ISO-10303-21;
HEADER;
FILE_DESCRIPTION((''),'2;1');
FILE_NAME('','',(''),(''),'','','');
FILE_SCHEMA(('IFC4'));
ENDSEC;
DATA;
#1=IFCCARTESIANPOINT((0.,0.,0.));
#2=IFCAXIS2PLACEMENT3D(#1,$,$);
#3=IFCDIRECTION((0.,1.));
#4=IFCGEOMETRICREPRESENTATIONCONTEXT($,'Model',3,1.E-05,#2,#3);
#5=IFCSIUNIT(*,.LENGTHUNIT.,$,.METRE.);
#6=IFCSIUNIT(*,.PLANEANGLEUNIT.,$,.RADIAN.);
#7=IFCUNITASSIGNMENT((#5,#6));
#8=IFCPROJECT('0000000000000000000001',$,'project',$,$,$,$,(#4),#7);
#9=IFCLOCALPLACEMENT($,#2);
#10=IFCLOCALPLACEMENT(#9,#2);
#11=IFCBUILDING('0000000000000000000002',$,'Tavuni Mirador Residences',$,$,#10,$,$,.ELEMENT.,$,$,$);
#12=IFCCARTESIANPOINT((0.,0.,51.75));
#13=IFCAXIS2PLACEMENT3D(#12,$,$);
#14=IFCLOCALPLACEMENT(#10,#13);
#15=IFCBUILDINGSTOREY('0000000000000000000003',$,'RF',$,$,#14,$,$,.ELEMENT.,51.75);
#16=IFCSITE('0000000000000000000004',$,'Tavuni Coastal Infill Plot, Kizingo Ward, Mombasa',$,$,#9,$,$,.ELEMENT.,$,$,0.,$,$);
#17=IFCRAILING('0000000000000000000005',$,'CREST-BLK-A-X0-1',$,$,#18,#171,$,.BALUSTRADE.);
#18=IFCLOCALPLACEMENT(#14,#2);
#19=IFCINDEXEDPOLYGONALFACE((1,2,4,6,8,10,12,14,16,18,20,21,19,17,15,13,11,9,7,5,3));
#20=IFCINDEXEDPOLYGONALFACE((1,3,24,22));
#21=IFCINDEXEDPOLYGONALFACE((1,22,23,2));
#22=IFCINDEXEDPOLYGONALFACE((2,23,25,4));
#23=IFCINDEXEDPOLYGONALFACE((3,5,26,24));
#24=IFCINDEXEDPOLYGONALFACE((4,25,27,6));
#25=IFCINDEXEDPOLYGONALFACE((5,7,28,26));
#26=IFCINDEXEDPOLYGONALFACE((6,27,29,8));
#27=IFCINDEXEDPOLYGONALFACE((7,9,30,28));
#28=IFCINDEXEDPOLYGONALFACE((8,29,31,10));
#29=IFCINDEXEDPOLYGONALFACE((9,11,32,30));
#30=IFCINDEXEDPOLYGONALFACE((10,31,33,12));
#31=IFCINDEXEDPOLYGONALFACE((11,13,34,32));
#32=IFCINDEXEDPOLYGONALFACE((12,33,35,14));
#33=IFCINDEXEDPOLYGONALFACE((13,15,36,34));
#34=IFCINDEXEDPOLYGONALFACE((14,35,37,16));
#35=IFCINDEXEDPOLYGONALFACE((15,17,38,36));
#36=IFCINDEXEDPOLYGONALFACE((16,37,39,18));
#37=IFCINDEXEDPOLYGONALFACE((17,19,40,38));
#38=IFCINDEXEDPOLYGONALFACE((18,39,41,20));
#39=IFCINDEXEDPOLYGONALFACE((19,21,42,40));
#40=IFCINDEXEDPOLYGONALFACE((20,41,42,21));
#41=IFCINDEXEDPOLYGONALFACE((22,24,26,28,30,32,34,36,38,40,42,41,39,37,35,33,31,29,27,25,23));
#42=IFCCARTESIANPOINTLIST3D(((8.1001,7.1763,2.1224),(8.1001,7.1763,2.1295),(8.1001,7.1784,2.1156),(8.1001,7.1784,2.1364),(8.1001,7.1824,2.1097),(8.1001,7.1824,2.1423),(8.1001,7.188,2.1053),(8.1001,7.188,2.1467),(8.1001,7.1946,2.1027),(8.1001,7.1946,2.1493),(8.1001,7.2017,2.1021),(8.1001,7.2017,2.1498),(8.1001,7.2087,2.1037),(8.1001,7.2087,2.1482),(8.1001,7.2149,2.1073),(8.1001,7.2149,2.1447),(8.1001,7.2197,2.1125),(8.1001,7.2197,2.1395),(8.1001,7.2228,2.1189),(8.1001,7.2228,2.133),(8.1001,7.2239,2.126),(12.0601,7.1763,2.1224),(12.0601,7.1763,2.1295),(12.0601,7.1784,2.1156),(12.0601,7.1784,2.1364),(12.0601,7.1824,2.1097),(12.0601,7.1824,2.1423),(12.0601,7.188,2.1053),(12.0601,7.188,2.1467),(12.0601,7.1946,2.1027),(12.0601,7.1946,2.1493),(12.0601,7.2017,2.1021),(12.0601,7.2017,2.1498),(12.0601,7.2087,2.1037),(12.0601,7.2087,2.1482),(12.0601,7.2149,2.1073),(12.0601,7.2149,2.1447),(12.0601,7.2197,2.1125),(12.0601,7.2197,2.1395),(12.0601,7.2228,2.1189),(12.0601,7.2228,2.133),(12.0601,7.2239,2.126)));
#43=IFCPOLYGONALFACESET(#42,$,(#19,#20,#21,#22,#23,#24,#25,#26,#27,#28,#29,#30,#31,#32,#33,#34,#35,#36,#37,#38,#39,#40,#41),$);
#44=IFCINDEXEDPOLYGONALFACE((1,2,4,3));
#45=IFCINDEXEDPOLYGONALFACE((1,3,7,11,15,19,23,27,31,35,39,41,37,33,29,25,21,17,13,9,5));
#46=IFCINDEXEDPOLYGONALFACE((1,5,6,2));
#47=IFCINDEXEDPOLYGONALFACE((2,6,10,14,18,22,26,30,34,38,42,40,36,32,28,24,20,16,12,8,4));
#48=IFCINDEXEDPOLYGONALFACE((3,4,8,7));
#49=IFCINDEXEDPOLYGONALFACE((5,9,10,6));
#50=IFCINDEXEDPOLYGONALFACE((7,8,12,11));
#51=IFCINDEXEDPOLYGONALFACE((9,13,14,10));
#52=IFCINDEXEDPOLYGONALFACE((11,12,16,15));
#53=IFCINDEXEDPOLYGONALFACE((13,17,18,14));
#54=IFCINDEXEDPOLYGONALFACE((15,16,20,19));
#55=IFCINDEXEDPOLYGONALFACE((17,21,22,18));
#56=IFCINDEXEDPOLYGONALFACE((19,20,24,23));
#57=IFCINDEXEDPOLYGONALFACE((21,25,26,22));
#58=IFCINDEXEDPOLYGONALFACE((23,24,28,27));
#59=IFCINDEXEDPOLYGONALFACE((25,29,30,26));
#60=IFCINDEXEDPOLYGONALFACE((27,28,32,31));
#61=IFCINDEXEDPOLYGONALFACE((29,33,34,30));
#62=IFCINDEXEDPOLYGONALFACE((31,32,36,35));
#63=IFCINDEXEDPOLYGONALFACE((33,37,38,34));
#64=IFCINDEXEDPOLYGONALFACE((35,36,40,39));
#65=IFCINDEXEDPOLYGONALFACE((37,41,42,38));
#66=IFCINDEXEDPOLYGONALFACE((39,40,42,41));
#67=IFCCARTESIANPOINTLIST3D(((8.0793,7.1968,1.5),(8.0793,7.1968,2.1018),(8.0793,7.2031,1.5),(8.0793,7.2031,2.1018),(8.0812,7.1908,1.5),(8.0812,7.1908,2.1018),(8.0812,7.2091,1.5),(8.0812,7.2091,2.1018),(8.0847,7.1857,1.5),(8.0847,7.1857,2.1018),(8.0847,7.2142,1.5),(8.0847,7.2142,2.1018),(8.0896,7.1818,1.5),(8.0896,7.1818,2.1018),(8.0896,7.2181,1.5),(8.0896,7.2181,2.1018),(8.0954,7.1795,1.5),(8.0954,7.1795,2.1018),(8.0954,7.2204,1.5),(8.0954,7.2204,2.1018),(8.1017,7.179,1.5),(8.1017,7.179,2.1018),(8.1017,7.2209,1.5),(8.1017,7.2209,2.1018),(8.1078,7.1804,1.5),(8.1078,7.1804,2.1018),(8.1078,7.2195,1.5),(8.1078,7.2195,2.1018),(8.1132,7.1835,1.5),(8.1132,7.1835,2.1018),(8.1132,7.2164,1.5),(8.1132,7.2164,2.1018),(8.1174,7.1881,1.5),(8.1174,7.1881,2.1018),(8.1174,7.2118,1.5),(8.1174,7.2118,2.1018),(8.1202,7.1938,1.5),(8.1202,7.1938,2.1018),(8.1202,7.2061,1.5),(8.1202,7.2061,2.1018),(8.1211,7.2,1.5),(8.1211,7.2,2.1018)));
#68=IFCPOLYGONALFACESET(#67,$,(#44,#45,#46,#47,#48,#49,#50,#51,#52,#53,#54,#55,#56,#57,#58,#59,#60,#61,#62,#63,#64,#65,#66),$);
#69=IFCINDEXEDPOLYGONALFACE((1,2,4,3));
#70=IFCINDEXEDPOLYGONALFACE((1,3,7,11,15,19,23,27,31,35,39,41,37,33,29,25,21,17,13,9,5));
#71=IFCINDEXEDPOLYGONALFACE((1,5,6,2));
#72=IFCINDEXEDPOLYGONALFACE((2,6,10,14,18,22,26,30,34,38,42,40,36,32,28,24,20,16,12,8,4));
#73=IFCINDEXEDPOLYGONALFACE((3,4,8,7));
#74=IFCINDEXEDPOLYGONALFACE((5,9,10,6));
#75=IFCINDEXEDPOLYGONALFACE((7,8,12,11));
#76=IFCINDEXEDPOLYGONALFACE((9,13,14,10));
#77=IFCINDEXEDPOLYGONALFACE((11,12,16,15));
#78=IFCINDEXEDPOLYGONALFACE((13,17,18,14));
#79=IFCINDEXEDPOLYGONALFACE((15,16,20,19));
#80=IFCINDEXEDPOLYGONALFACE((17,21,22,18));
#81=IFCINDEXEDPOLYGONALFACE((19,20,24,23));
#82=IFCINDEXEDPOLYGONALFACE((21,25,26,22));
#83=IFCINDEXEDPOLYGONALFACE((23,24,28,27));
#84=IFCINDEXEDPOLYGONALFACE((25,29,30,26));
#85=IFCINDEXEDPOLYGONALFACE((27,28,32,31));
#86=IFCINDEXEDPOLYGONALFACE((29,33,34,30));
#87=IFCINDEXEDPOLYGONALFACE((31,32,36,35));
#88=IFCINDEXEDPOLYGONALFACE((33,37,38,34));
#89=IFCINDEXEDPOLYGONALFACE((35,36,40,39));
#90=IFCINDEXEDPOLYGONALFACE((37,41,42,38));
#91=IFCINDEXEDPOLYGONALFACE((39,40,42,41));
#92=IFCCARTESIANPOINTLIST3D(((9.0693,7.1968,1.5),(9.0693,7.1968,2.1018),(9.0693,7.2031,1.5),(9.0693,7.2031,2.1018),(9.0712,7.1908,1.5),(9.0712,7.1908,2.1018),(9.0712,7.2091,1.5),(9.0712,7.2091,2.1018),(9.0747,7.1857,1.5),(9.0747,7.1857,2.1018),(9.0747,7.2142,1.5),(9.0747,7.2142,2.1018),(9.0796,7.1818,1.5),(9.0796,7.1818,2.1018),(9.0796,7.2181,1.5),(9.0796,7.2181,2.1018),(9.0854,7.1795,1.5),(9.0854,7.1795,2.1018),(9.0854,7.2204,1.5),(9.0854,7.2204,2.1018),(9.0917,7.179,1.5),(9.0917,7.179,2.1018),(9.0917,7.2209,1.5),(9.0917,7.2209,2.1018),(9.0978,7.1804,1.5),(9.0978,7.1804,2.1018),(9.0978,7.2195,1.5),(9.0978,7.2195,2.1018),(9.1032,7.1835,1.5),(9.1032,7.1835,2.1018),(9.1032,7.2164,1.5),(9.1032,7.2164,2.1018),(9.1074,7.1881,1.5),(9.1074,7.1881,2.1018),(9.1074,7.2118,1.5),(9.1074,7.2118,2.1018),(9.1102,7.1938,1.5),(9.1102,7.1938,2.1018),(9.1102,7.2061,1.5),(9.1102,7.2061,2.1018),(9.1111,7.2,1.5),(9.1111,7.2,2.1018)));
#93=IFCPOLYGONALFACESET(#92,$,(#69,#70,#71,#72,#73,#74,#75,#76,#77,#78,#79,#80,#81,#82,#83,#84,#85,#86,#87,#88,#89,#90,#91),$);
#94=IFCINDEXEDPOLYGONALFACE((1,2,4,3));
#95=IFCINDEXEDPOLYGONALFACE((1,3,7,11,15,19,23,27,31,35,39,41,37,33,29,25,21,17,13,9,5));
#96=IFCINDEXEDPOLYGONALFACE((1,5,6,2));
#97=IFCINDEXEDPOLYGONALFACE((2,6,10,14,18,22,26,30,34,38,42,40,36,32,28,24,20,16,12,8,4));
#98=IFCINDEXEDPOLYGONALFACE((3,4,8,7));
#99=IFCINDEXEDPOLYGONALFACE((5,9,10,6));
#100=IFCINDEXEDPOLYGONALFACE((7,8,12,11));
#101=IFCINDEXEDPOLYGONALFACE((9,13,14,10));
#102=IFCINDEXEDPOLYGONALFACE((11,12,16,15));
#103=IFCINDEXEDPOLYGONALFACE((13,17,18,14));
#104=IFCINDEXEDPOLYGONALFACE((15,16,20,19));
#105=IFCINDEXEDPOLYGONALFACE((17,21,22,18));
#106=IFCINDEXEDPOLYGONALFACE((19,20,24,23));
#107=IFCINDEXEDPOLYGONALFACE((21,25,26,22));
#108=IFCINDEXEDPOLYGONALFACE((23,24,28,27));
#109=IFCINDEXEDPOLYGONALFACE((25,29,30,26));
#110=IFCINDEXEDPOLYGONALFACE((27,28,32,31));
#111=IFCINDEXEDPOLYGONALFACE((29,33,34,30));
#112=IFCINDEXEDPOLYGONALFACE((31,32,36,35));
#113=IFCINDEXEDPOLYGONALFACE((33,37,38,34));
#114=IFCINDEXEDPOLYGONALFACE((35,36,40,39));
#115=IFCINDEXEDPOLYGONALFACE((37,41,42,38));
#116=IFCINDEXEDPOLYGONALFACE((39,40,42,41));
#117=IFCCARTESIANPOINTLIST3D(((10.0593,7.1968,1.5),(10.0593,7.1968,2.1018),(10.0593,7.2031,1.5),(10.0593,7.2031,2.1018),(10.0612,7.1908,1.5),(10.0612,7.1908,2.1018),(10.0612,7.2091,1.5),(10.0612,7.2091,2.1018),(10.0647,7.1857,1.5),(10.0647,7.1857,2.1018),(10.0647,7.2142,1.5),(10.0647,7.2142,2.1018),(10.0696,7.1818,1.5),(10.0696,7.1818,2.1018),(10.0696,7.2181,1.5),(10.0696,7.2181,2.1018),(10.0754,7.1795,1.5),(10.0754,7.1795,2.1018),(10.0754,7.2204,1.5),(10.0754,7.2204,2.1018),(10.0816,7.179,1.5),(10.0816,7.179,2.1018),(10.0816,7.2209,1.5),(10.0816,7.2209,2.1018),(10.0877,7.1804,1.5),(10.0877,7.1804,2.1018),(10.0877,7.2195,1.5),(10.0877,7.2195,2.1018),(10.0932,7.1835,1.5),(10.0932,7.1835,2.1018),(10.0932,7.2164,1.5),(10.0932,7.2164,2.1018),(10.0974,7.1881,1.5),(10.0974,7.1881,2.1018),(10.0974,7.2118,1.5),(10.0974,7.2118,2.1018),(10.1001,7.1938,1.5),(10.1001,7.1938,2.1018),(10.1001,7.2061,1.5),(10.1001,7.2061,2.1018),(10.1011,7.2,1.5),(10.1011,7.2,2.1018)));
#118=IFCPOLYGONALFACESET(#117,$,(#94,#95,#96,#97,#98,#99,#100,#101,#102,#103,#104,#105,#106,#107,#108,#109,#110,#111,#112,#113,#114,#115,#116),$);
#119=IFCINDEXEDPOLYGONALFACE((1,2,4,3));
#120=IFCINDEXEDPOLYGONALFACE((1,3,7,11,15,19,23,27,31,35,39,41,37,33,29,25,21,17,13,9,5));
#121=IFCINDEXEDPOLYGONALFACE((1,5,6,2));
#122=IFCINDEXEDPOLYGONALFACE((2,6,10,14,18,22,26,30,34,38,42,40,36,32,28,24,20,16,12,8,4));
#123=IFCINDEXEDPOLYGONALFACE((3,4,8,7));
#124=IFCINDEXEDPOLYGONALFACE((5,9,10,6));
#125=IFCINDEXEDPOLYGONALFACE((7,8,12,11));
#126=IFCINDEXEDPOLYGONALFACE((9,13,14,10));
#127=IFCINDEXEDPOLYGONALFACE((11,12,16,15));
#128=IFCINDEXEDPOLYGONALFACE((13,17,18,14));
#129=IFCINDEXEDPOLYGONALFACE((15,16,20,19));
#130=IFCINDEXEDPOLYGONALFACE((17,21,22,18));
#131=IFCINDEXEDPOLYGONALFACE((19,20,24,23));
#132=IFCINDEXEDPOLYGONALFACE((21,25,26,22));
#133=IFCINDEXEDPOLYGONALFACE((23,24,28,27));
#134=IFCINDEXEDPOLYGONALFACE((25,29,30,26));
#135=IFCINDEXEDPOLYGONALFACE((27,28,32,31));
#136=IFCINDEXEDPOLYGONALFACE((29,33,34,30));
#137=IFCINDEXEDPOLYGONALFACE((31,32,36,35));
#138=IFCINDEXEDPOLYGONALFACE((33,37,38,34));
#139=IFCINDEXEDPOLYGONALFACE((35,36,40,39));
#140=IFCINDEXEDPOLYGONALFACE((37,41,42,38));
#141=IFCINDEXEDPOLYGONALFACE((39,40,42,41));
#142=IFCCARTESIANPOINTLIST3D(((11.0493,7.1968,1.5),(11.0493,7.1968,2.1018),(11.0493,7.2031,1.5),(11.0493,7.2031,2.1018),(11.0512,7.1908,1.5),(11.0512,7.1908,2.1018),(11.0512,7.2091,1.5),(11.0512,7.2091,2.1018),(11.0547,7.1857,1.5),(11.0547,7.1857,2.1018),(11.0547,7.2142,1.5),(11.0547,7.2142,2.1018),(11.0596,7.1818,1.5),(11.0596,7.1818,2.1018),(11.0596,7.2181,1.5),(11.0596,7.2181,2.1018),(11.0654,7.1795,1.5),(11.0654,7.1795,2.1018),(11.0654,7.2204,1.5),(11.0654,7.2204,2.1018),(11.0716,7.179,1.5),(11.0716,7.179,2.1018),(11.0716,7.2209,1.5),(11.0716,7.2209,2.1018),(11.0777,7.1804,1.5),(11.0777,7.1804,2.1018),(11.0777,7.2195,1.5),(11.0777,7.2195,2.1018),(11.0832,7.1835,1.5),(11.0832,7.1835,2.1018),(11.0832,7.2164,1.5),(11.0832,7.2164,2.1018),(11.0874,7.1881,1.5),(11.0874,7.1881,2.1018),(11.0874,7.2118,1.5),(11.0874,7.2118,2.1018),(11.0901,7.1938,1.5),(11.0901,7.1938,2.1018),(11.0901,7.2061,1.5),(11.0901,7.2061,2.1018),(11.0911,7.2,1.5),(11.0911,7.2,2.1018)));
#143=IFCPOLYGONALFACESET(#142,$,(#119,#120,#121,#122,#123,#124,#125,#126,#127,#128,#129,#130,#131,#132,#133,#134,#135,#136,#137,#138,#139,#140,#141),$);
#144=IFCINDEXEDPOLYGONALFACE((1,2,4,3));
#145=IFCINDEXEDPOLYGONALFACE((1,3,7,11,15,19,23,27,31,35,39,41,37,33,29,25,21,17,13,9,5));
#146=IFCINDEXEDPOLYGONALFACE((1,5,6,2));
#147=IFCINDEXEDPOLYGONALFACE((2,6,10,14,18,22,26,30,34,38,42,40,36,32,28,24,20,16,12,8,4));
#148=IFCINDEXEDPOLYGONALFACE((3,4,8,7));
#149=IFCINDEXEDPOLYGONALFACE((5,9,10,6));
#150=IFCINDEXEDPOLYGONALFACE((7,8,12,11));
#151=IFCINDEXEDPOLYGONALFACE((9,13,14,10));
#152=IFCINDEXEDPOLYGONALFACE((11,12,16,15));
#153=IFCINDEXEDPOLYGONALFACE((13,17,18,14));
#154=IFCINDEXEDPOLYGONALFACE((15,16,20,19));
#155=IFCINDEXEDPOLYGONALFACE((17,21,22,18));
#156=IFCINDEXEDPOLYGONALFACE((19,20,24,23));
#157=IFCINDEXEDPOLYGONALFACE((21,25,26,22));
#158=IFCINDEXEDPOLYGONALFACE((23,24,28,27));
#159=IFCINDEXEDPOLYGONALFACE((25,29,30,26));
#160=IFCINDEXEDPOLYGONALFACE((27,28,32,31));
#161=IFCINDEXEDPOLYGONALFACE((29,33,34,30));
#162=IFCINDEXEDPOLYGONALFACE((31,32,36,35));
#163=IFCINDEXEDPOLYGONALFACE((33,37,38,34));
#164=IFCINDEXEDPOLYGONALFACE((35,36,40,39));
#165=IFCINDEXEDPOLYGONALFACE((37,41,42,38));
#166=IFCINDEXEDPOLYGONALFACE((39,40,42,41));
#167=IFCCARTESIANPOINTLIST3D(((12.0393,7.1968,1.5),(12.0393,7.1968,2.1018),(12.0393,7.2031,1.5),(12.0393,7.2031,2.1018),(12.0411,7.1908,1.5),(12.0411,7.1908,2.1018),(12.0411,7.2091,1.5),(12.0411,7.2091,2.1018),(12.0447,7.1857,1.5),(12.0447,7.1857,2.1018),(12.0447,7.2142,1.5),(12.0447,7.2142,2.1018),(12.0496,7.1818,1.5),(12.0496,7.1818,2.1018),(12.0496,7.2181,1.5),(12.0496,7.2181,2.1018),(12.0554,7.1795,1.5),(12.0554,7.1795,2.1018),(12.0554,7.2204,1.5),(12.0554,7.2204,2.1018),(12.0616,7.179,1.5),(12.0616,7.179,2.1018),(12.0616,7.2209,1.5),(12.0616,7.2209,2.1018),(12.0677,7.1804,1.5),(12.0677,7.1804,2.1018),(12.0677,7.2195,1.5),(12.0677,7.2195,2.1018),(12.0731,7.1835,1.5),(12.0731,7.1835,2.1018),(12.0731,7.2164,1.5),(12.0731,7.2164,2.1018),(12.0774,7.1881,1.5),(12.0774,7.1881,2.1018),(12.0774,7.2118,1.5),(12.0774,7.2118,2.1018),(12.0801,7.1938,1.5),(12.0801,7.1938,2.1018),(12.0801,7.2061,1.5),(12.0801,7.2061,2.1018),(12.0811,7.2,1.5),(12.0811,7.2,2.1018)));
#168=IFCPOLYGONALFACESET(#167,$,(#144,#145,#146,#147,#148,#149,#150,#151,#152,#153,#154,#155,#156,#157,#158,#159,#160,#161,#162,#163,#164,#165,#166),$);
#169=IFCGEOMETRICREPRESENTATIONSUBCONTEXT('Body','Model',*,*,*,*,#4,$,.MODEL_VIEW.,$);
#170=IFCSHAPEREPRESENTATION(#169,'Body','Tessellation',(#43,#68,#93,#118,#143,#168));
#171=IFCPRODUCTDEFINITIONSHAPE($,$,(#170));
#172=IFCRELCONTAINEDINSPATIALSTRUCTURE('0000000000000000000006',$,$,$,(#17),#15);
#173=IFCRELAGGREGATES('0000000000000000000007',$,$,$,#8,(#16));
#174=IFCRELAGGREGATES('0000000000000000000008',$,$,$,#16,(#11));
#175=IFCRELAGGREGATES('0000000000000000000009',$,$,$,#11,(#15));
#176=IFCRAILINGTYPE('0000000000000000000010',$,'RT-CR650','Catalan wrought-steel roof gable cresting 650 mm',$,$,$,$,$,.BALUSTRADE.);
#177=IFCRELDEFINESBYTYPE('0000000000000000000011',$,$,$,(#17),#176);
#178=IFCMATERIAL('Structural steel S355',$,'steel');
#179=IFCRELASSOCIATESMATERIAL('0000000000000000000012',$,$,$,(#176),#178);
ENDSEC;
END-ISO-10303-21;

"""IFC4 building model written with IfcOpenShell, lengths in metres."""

from ifc_helpers import new_model, si_unit, direction, frame, origin, origin_2d, place, context, subcontext, project, spatial, circle, extrude, material, type_object, element, save


model = new_model("IFC4")

# Units and contexts
model_context = context("Model", 3, precision=1e-05, world=origin(), true_north=direction((0.0, 1.0)))
body_context = subcontext(model_context, "Body", "Model", "MODEL_VIEW")
ifc_project = project(units=[si_unit("LENGTHUNIT", "METRE"), si_unit("PLANEANGLEUNIT", "RADIAN")], contexts=[model_context])

# Site, building, storey
site_placement = place(None, origin())
site = spatial("IfcSite", under=ifc_project, at=site_placement, Name="Tavuni Coastal Infill Plot, Kizingo Ward, Mombasa", CompositionType="ELEMENT", RefElevation=0.0)
building_placement = place(site_placement, origin())
building = spatial("IfcBuilding", under=site, at=building_placement, Name="Tavuni Mirador Residences", CompositionType="ELEMENT")
storey_placement = place(building_placement, frame((0.0, 0.0, 51.75)))
storey = spatial("IfcBuildingStorey", under=building, at=storey_placement, Name="RF", CompositionType="ELEMENT", Elevation=51.75)

# Shared definitions
ifc_material_1 = material(Name="Structural steel S355", Category="steel")

# Railing
railing_type = type_object("IfcRailingType", Name="RT-CR650", Description="Catalan wrought-steel roof gable cresting 650 mm", PredefinedType="BALUSTRADE", material=ifc_material_1)
for number, where, name in (
    (1, (8.1001, 7.2, 1.5), "CREST-BLK-A-X0-1"),
):
    element("IfcRailing", number, at=place(storey_placement, frame(where)), inside=storey, type_object=railing_type, Name=name, PredefinedType="BALUSTRADE", context=body_context, shape_type="SweptSolid", body=[
        extrude(circle(Radius=0.0239, at=origin_2d()), frame((0.0, 0.0, 0.626), z_axis=(1.0, 0.0, 0.0), x_axis=(0.0, 1.0, 0.0)), (0.0, 0.0, 1.0), 3.96),
        extrude(circle(Radius=0.021, at=origin_2d()), origin(), (0.0, 0.0, 1.0), 0.6018),
        extrude(circle(Radius=0.021, at=origin_2d()), frame((0.99, 0.0, 0.0)), (0.0, 0.0, 1.0), 0.6018),
        extrude(circle(Radius=0.021, at=origin_2d()), frame((1.98, 0.0, 0.0)), (0.0, 0.0, 1.0), 0.6018),
        extrude(circle(Radius=0.021, at=origin_2d()), frame((2.97, 0.0, 0.0)), (0.0, 0.0, 1.0), 0.6018),
        extrude(circle(Radius=0.021, at=origin_2d()), frame((3.96, 0.0, 0.0)), (0.0, 0.0, 1.0), 0.6018),
    ])

save(model, "model.ifc")
